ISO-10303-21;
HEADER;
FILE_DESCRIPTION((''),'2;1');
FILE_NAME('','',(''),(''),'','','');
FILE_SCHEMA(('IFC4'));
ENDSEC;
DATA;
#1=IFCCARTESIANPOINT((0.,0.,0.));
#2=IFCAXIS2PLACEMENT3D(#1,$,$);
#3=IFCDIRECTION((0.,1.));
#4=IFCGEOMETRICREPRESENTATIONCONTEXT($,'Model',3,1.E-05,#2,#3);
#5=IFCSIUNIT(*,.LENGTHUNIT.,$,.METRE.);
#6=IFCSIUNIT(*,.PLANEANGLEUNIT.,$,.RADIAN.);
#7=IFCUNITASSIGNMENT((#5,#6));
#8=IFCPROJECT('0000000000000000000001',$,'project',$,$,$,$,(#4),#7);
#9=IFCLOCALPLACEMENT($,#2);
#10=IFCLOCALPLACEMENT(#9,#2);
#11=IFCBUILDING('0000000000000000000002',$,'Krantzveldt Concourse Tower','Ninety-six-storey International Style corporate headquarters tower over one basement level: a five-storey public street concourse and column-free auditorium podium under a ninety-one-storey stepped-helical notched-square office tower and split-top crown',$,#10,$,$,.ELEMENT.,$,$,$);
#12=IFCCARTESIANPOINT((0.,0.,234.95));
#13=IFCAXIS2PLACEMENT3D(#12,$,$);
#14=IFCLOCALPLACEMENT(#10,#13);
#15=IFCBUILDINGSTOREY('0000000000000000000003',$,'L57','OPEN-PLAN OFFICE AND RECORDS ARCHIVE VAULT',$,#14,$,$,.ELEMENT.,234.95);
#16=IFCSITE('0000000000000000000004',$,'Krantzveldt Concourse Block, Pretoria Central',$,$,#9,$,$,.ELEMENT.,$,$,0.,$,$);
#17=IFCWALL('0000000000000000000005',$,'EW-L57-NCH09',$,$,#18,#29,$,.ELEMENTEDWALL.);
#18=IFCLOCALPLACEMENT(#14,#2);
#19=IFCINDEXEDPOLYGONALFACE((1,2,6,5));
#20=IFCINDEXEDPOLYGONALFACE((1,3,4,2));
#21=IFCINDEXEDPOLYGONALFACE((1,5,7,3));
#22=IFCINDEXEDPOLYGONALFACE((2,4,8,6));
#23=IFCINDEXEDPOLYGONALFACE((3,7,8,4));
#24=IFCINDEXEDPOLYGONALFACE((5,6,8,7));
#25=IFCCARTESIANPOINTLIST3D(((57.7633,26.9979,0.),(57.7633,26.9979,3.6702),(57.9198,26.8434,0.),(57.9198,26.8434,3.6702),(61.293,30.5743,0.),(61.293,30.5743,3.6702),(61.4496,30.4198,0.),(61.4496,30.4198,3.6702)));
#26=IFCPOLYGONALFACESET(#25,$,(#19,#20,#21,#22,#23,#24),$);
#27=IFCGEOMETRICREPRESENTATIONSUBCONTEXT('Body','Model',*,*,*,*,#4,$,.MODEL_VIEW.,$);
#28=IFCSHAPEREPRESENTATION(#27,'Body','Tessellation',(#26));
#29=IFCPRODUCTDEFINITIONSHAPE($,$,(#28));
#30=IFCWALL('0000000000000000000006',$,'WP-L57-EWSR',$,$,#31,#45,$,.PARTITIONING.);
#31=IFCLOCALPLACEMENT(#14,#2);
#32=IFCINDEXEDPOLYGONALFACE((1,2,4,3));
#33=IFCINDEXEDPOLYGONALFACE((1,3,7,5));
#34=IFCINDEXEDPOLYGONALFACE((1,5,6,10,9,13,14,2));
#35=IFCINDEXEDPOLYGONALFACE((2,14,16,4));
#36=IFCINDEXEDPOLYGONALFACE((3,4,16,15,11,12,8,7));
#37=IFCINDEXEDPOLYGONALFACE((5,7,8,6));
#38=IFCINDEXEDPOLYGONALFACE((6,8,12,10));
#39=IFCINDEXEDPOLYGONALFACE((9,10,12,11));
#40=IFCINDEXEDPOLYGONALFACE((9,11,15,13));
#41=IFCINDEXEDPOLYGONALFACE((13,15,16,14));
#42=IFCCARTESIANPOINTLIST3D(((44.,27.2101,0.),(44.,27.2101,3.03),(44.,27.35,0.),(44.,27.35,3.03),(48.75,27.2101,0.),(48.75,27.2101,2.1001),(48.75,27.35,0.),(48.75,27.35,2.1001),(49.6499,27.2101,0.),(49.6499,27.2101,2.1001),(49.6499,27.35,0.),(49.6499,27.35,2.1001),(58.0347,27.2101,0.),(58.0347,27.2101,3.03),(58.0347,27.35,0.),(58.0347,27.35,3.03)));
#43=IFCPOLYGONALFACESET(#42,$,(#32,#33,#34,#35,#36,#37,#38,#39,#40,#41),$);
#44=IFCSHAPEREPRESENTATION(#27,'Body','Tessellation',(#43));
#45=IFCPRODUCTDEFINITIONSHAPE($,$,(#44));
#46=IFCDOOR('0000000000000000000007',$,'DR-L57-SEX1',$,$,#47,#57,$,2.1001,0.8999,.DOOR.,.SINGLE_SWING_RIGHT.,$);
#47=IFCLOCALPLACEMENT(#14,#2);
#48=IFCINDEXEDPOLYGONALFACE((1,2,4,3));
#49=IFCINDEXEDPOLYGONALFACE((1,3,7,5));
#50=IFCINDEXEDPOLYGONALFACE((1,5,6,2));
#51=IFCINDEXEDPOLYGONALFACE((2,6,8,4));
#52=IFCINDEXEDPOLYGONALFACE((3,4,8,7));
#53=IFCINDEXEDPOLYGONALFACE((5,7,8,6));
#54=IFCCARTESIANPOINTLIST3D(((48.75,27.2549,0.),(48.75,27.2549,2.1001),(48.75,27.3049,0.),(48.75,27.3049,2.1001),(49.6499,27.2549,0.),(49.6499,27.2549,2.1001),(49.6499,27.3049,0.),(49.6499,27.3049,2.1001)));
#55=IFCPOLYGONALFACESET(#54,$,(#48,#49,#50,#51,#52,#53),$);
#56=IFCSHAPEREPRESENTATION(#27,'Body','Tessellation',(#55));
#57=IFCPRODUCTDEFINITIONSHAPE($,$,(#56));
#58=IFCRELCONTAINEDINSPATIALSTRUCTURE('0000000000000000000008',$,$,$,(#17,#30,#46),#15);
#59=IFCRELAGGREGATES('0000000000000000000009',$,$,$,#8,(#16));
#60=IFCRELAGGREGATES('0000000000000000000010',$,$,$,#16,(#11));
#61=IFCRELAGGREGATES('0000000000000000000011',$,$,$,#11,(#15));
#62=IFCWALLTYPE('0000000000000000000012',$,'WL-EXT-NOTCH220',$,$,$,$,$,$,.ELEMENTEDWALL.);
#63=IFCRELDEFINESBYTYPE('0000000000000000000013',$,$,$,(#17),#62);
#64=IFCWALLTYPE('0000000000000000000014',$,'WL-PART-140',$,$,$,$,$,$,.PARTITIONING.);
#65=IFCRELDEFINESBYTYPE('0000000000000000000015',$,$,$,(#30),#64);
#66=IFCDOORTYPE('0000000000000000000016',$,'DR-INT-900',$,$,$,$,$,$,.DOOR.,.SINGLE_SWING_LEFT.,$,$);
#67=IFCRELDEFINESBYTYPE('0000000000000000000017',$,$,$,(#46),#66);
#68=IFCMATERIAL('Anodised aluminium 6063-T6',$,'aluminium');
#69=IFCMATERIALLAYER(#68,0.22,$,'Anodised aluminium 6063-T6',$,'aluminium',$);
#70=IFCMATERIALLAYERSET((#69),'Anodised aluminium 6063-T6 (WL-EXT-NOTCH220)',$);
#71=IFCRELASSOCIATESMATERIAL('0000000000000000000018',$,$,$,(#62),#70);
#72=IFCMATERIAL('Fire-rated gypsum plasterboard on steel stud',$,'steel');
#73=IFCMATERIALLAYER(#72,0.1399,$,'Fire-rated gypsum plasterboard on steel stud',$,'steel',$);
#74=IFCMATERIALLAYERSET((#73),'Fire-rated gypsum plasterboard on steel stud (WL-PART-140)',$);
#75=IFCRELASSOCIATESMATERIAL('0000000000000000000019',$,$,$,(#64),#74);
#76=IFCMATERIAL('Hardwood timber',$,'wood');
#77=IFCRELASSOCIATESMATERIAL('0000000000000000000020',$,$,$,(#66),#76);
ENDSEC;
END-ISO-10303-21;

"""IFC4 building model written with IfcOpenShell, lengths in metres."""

from ifc_helpers import new_model, si_unit, direction, frame, frame_2d, origin, place, context, subcontext, project, spatial, rectangle, extrude, material, layer, layer_set, type_object, element, fill, save


model = new_model("IFC4")

# Units and contexts
model_context = context("Model", 3, precision=1e-05, world=origin(), true_north=direction((0.0, 1.0)))
body_context = subcontext(model_context, "Body", "Model", "MODEL_VIEW")
ifc_project = project(units=[si_unit("LENGTHUNIT", "METRE"), si_unit("PLANEANGLEUNIT", "RADIAN")], contexts=[model_context])

# Site, building, storey
site_placement = place(None, origin())
site = spatial("IfcSite", under=ifc_project, at=site_placement, Name="Krantzveldt Concourse Block, Pretoria Central", CompositionType="ELEMENT", RefElevation=0.0)
building_placement = place(site_placement, origin())
building = spatial("IfcBuilding", under=site, at=building_placement, Name="Krantzveldt Concourse Tower", Description="Ninety-six-storey International Style corporate headquarters tower over one basement level: a five-storey public street concourse and column-free auditorium podium under a ninety-one-storey stepped-helical notched-square office tower and split-top crown", CompositionType="ELEMENT")
storey_placement = place(building_placement, frame((0.0, 0.0, 234.95)))
storey = spatial("IfcBuildingStorey", under=building, at=storey_placement, Name="L57", Description="OPEN-PLAN OFFICE AND RECORDS ARCHIVE VAULT", CompositionType="ELEMENT", Elevation=234.95)

# Shared definitions
ifc_material_1 = material(Name="Anodised aluminium 6063-T6", Category="aluminium")

# Wall
ifc_layer_1 = layer(ifc_material_1, 0.22, Name="Anodised aluminium 6063-T6", Category="aluminium")
ifc_layer_set_1 = layer_set([ifc_layer_1], Name="Anodised aluminium 6063-T6 (WL-EXT-NOTCH220)")
wall_type_1 = type_object("IfcWallType", Name="WL-EXT-NOTCH220", PredefinedType="ELEMENTEDWALL", material=ifc_layer_set_1)
wall_1_placement = place(storey_placement, frame((57.8416, 26.9207, 0.0), z_axis=(0.0, 0.0, 1.0), x_axis=(0.702452, 0.711731, 0.0)))
element("IfcWall", 1, at=wall_1_placement, inside=storey, type_object=wall_type_1, Name="EW-L57-NCH09", PredefinedType="ELEMENTEDWALL", context=body_context, shape_type="SweptSolid", body=[
    extrude(rectangle(XDim=5.0249, YDim=0.22, at=frame_2d((2.5125, 0.0))), origin(), (0.0, 0.0, 1.0), 3.6702),
])

# Wall, opening, door
ifc_material_2 = material(Name="Fire-rated gypsum plasterboard on steel stud", Category="steel")
ifc_layer_2 = layer(ifc_material_2, 0.1399, Name="Fire-rated gypsum plasterboard on steel stud", Category="steel")
ifc_layer_set_2 = layer_set([ifc_layer_2], Name="Fire-rated gypsum plasterboard on steel stud (WL-PART-140)")
wall_type_2 = type_object("IfcWallType", Name="WL-PART-140", PredefinedType="PARTITIONING", material=ifc_layer_set_2)
wall_2_placement = place(storey_placement, frame((44.0, 27.28, 0.0), z_axis=(0.0, 0.0, 1.0), x_axis=(1.0, 0.0, 0.0)))
wall_2 = element("IfcWall", 2, at=wall_2_placement, inside=storey, type_object=wall_type_2, Name="WP-L57-EWSR", PredefinedType="PARTITIONING", context=body_context, shape_type="SweptSolid", body=[
    extrude(rectangle(XDim=14.0347, YDim=0.1399, at=frame_2d((7.0173, 0.0))), origin(), (0.0, 0.0, 1.0), 3.03),
])
opening_placement = place(wall_2_placement, frame((4.75, 0.0, 0.0)))
opening = element("IfcOpeningElement", 3, at=opening_placement, cuts=wall_2, PredefinedType="OPENING", context=body_context, shape_type="SweptSolid", body=[
    extrude(rectangle(XDim=0.8999, YDim=2.1001, at=frame_2d((0.45, 1.05))), frame((0.0, 0.0801, 0.0), z_axis=(0.0, -1.0, 0.0), x_axis=(1.0, 0.0, 0.0)), (0.0, 0.0, 1.0), 0.1599),
])
ifc_material_3 = material(Name="Hardwood timber", Category="wood")
door_type = type_object("IfcDoorType", Name="DR-INT-900", OperationType="SINGLE_SWING_LEFT", PredefinedType="DOOR", material=ifc_material_3)
door_placement = place(opening_placement, origin())
door = element("IfcDoor", 4, at=door_placement, inside=storey, type_object=door_type, Name="DR-L57-SEX1", OperationType="SINGLE_SWING_RIGHT", OverallHeight=2.1001, OverallWidth=0.8999, PredefinedType="DOOR", context=body_context, shape_type="SweptSolid", body=[
    extrude(rectangle(XDim=0.8999, YDim=2.1001, at=frame_2d((0.45, 1.05))), frame((0.0, 0.0249, 0.0), z_axis=(0.0, -1.0, 0.0), x_axis=(1.0, 0.0, 0.0)), (0.0, 0.0, 1.0), 0.05),
])
fill(opening, door)

save(model, "model.ifc")
